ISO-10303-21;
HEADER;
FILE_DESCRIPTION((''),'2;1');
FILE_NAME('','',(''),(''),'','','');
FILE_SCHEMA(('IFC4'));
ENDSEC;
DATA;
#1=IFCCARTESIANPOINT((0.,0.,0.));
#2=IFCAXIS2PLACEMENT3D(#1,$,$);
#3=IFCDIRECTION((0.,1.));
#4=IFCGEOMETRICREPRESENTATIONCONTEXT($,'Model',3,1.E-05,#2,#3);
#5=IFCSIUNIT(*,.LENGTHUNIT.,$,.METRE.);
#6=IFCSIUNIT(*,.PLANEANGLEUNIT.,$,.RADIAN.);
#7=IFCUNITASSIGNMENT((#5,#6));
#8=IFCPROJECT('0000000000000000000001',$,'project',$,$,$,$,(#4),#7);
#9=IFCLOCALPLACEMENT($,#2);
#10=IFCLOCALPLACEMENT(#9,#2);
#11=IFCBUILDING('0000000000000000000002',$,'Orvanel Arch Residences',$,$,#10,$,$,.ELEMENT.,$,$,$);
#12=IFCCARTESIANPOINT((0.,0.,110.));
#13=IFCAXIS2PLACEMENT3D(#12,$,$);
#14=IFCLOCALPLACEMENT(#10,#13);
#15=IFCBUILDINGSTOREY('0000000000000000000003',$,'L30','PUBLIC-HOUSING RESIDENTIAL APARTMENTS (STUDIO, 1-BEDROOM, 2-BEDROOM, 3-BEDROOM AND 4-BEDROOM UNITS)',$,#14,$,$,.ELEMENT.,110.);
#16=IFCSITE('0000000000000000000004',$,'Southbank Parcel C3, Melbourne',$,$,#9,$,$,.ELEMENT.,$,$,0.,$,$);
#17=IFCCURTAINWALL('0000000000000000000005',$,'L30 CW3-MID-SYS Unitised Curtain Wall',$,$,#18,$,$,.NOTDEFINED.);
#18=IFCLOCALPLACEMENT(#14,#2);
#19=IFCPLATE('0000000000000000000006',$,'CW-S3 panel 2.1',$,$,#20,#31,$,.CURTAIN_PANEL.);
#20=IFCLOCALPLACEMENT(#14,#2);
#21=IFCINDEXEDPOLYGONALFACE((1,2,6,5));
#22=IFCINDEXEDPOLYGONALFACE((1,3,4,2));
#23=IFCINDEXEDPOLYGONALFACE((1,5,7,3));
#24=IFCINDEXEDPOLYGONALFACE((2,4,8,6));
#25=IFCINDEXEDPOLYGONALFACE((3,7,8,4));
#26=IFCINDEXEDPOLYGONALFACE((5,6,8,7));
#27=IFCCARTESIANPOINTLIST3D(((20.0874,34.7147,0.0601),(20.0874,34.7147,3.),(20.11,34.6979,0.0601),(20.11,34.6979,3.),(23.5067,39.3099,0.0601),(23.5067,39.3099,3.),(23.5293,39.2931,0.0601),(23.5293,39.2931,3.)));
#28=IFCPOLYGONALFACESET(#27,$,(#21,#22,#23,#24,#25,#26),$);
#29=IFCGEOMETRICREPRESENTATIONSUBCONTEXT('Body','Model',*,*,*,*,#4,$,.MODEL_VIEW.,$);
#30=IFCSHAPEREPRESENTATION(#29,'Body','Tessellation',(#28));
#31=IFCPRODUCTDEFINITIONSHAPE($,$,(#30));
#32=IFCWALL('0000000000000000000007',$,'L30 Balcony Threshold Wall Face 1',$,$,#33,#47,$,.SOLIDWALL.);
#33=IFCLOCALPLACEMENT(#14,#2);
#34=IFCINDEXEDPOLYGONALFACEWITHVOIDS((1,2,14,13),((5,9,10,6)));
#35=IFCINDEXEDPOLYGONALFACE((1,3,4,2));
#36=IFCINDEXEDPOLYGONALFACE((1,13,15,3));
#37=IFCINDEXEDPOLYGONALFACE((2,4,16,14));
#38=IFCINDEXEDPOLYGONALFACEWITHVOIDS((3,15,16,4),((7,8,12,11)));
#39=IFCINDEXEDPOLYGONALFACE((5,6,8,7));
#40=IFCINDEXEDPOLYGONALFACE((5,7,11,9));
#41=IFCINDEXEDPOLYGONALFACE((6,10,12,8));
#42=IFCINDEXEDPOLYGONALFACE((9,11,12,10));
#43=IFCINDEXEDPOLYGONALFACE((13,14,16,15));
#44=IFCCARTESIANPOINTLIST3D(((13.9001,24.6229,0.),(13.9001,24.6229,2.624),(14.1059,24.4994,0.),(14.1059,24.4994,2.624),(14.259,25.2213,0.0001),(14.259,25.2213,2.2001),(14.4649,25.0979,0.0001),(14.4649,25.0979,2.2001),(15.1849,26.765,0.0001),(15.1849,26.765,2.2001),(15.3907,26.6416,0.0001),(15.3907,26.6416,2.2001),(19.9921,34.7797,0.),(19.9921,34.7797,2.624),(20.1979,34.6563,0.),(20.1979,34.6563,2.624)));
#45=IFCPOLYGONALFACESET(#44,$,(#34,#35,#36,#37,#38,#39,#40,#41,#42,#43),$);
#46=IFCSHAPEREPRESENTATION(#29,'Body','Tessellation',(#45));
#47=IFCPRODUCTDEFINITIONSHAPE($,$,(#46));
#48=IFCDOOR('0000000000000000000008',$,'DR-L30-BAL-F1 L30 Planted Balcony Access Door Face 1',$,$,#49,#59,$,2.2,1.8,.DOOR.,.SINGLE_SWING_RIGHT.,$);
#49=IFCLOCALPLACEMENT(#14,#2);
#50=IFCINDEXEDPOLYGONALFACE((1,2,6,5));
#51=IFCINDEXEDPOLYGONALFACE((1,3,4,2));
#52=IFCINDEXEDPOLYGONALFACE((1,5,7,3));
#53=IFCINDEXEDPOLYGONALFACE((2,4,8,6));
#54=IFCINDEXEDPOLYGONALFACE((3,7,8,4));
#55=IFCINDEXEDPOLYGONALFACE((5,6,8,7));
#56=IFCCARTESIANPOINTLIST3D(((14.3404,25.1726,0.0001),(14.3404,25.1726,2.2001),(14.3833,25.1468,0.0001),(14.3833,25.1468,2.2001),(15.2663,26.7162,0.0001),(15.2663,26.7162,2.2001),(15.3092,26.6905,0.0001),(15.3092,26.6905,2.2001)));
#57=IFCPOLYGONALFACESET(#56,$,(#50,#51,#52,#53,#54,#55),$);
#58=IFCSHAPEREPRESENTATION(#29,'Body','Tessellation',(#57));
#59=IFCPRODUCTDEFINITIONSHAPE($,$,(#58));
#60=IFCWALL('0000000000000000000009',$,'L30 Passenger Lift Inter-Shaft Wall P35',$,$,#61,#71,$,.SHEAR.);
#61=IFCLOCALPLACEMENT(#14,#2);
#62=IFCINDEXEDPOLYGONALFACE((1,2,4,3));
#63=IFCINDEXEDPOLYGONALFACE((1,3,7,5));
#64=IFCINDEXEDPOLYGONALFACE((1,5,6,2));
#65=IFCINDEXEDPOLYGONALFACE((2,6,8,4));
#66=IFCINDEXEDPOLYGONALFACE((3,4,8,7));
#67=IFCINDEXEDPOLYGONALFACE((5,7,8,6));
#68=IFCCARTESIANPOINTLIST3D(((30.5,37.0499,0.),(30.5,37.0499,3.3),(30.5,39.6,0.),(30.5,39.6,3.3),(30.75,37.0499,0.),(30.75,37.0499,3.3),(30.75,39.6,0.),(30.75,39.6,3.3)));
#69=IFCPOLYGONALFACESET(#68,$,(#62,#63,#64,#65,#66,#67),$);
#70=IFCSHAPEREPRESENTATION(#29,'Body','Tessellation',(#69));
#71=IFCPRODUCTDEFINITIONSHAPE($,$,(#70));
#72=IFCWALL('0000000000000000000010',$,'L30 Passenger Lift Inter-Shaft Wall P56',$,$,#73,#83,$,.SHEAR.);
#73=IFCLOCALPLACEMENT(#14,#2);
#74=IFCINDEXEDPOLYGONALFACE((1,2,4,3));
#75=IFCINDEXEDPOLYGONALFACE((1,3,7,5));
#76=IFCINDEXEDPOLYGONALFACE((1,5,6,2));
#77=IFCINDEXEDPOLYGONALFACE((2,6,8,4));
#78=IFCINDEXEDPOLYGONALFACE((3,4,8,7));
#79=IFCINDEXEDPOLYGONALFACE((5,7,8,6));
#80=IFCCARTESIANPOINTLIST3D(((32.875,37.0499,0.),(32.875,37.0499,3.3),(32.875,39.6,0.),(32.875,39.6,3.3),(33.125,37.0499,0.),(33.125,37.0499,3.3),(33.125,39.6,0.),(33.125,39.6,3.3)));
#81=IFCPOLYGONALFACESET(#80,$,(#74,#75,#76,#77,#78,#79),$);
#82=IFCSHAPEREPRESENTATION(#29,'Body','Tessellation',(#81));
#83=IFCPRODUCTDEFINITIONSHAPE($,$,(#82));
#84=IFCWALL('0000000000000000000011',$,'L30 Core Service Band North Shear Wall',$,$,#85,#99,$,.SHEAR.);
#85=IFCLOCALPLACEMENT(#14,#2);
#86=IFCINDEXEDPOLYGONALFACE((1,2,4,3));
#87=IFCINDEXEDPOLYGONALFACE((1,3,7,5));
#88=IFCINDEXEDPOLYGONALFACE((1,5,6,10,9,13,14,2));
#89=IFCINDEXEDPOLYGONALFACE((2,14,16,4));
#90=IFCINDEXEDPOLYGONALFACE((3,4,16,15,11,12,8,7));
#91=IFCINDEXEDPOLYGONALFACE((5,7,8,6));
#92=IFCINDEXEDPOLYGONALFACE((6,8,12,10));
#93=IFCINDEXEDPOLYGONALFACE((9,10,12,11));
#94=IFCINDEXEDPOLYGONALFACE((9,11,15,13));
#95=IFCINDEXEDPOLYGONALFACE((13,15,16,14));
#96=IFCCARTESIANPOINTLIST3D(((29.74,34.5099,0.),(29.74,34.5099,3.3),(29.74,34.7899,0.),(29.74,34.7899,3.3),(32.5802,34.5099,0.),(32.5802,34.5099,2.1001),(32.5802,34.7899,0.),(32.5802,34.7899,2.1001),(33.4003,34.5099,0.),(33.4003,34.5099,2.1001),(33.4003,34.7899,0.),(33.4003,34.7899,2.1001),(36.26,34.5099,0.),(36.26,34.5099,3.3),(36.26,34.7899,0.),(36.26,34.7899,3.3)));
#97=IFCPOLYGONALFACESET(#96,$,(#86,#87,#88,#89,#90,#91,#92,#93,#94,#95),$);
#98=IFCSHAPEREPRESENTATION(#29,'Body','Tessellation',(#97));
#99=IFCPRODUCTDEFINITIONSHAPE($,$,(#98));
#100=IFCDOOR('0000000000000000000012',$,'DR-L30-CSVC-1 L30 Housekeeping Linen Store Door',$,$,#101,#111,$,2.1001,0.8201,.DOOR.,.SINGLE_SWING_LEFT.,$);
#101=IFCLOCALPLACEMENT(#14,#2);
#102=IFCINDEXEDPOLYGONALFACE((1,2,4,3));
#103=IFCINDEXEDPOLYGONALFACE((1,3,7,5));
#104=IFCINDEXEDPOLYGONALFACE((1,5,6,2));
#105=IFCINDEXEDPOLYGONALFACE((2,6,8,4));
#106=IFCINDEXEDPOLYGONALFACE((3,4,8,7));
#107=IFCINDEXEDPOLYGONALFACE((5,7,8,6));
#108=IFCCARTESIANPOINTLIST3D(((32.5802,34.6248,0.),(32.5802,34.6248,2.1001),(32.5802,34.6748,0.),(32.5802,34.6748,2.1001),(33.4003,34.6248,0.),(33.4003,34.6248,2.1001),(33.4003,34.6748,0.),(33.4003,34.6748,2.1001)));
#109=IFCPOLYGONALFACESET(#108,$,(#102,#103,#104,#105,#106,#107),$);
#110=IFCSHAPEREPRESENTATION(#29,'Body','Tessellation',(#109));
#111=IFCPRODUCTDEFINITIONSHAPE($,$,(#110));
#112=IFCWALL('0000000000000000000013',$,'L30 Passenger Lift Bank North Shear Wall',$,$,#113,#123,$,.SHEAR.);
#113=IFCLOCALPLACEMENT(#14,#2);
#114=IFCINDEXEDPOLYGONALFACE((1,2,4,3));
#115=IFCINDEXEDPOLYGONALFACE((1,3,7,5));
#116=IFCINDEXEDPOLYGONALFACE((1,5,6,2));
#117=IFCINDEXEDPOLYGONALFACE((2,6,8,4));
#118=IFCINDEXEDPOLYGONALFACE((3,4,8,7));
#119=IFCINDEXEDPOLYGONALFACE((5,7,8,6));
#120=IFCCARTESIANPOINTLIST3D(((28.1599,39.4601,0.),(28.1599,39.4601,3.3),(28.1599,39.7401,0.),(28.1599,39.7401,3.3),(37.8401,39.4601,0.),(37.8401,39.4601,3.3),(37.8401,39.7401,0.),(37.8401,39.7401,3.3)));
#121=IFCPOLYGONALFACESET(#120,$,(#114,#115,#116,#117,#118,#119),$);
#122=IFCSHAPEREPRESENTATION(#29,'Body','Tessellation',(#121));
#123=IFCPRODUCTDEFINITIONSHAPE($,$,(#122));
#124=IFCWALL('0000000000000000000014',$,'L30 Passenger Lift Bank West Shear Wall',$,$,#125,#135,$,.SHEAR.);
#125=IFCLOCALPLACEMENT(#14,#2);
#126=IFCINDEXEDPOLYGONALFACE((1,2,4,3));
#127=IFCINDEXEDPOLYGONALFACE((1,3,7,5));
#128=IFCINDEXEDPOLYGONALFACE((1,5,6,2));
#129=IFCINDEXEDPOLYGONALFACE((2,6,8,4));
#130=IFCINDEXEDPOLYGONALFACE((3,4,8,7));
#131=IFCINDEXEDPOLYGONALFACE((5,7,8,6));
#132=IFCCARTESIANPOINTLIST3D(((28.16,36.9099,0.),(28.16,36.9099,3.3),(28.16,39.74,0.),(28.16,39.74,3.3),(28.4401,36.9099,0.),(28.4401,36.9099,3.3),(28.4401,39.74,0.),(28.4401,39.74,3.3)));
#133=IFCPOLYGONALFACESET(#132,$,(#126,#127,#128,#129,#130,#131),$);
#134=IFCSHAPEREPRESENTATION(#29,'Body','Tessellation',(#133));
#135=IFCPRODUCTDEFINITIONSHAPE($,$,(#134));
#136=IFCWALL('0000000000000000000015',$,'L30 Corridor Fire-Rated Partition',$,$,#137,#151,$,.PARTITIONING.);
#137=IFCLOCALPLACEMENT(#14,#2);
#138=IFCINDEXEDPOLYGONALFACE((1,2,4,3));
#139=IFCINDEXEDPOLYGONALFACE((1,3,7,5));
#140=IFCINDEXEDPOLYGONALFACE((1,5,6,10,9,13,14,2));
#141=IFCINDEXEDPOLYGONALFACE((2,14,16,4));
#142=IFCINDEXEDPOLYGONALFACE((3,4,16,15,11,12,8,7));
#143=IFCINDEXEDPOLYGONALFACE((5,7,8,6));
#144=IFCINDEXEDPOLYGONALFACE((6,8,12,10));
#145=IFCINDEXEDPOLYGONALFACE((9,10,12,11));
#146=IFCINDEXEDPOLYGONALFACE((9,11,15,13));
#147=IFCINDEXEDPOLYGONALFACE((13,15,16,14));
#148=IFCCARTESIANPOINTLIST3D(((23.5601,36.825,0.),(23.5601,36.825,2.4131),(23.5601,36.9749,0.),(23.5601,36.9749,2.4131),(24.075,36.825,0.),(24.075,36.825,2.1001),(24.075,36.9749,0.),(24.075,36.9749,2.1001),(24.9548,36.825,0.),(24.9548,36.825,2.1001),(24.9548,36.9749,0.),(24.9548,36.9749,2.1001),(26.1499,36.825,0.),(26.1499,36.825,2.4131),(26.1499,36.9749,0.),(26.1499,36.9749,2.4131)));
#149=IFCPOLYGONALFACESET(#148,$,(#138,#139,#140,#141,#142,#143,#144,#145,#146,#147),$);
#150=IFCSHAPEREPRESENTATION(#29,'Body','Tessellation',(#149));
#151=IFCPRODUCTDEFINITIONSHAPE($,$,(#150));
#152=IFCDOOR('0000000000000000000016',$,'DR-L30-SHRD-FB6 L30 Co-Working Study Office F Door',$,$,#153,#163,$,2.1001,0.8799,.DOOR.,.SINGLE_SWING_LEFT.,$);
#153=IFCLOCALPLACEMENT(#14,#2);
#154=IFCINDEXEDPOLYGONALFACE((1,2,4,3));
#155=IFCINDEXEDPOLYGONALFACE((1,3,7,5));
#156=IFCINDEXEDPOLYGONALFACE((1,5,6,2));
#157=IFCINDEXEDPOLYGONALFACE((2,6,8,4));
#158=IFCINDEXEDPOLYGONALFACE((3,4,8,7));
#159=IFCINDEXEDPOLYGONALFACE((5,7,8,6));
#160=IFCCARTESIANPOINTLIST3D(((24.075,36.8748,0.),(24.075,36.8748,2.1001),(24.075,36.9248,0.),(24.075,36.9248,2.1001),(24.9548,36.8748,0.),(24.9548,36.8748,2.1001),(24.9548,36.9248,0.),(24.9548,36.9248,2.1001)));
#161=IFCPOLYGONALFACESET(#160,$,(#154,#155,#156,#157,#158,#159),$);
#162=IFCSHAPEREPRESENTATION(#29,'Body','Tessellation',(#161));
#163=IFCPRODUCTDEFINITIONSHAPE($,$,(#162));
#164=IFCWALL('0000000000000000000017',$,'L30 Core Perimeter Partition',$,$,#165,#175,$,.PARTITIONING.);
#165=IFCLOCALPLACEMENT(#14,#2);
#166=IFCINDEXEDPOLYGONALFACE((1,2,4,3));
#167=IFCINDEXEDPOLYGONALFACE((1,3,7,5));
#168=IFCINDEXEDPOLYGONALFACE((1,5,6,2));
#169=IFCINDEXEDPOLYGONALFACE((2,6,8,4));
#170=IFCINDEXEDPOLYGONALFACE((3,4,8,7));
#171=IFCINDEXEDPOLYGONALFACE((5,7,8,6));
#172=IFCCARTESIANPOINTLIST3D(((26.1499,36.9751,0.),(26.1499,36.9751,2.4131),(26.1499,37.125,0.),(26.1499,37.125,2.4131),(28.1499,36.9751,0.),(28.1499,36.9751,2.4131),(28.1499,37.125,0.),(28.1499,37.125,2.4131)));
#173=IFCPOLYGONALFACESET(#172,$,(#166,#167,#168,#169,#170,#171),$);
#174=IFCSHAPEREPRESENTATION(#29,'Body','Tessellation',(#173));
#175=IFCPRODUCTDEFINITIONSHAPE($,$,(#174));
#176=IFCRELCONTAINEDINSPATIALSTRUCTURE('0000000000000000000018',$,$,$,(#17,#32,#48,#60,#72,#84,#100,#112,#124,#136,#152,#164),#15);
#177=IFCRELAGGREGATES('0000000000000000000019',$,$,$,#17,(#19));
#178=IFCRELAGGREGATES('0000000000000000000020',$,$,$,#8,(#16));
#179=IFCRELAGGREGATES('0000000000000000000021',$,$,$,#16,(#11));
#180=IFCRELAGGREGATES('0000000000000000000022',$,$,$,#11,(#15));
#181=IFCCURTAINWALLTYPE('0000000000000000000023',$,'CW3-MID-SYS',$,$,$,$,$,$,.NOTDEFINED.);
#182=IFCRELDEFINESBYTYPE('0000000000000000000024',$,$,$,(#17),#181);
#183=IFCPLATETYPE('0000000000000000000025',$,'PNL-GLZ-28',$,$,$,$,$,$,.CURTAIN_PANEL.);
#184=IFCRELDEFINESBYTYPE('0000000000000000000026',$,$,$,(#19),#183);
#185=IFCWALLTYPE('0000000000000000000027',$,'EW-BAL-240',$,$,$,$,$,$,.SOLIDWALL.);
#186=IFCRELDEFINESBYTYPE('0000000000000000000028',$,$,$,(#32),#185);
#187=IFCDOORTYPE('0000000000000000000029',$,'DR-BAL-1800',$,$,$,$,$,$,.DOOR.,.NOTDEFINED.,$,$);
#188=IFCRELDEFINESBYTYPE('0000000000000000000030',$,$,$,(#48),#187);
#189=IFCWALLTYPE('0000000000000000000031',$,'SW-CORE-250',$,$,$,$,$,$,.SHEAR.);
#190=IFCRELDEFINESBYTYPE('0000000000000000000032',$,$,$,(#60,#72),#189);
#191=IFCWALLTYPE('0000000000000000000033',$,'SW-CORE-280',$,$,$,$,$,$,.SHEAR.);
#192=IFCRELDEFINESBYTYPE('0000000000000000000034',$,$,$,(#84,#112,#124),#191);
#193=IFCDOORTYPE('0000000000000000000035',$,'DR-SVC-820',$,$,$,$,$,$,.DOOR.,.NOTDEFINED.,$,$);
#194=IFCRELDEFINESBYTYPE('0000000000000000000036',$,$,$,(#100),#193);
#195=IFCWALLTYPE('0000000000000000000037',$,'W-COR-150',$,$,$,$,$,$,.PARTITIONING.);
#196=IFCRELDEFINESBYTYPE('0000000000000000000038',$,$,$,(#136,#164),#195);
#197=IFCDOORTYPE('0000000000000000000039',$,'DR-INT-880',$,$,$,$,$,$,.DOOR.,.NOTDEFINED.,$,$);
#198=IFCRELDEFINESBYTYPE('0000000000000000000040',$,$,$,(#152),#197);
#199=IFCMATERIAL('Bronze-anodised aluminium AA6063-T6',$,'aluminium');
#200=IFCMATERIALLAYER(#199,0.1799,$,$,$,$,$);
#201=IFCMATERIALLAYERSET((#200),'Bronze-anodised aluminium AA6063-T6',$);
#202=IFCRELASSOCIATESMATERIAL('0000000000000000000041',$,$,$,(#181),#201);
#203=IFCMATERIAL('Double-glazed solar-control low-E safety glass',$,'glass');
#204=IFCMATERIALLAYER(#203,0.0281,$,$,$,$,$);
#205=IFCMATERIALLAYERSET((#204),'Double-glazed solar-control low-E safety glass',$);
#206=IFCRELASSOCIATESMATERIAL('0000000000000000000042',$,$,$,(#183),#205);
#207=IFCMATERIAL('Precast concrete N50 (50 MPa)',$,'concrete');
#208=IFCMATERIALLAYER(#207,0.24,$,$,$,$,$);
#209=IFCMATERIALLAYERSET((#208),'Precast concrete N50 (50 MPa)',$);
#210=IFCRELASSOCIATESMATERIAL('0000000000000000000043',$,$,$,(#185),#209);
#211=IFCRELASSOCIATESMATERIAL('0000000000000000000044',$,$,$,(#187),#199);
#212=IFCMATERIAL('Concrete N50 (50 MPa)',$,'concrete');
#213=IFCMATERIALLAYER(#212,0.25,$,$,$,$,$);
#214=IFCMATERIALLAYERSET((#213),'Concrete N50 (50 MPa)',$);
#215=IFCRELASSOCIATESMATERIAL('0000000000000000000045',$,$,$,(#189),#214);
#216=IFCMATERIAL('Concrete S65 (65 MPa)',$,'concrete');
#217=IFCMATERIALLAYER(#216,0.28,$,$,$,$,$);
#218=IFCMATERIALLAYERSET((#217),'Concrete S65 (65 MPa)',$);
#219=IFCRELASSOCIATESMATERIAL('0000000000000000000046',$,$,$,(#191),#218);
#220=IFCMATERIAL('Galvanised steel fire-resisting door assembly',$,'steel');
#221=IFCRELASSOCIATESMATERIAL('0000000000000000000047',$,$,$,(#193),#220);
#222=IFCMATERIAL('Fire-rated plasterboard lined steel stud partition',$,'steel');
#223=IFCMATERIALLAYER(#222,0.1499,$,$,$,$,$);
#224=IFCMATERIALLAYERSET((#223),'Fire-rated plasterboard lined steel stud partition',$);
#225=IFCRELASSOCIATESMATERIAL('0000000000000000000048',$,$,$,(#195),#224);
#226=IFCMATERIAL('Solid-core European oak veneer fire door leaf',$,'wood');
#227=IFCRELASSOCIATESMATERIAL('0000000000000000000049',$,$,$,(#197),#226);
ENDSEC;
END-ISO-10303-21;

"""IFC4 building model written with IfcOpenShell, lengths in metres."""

from ifc_helpers import new_model, si_unit, direction, frame, frame_2d, origin, origin_2d, place, context, subcontext, project, spatial, rectangle, extrude, material, layer, layer_set, type_object, element, fill, aggregate, save


model = new_model("IFC4")

# Units and contexts
model_context = context("Model", 3, precision=1e-05, world=origin(), true_north=direction((0.0, 1.0)))
body_context = subcontext(model_context, "Body", "Model", "MODEL_VIEW")
ifc_project = project(units=[si_unit("LENGTHUNIT", "METRE"), si_unit("PLANEANGLEUNIT", "RADIAN")], contexts=[model_context])

# Site, building, storey
site_placement = place(None, origin())
site = spatial("IfcSite", under=ifc_project, at=site_placement, Name="Southbank Parcel C3, Melbourne", CompositionType="ELEMENT", RefElevation=0.0)
building_placement = place(site_placement, origin())
building = spatial("IfcBuilding", under=site, at=building_placement, Name="Orvanel Arch Residences", CompositionType="ELEMENT")
storey_placement = place(building_placement, frame((0.0, 0.0, 110.0)))
storey = spatial("IfcBuildingStorey", under=building, at=storey_placement, Name="L30", Description="PUBLIC-HOUSING RESIDENTIAL APARTMENTS (STUDIO, 1-BEDROOM, 2-BEDROOM, 3-BEDROOM AND 4-BEDROOM UNITS)", CompositionType="ELEMENT", Elevation=110.0)

# Shared definitions
ifc_material_1 = material(Name="Concrete S65 (65 MPa)", Category="concrete")

# Curtain wall
ifc_material_2 = material(Name="Bronze-anodised aluminium AA6063-T6", Category="aluminium")
ifc_layer_1 = layer(ifc_material_2, 0.1799)
ifc_layer_set_1 = layer_set([ifc_layer_1], Name="Bronze-anodised aluminium AA6063-T6")
curtain_wall_type = type_object("IfcCurtainWallType", Name="CW3-MID-SYS", PredefinedType="NOTDEFINED", material=ifc_layer_set_1)
curtain_wall_placement = place(storey_placement, origin())
curtain_wall = element("IfcCurtainWall", 1, at=curtain_wall_placement, inside=storey, type_object=curtain_wall_type, Name="L30 CW3-MID-SYS Unitised Curtain Wall", PredefinedType="NOTDEFINED")

# Plate
ifc_material_3 = material(Name="Double-glazed solar-control low-E safety glass", Category="glass")
ifc_layer_2 = layer(ifc_material_3, 0.0281)
ifc_layer_set_2 = layer_set([ifc_layer_2], Name="Double-glazed solar-control low-E safety glass")
plate_type = type_object("IfcPlateType", Name="PNL-GLZ-28", PredefinedType="CURTAIN_PANEL", material=ifc_layer_set_2)
plate_placement = place(storey_placement, frame((21.8083, 37.0039, 0.0601), z_axis=(0.0, 0.0, 1.0), x_axis=(-0.596965, -0.802268, 0.0)))
plate = element("IfcPlate", 2, at=plate_placement, type_object=plate_type, Name="CW-S3 panel 2.1", PredefinedType="CURTAIN_PANEL", context=body_context, shape_type="SweptSolid", body=[
    extrude(rectangle(XDim=5.7278, YDim=0.0281, at=origin_2d()), origin(), (0.0, 0.0, 1.0), 2.9399),
])
aggregate(curtain_wall, [plate])

# Wall, opening, door
ifc_material_4 = material(Name="Precast concrete N50 (50 MPa)", Category="concrete")
ifc_layer_3 = layer(ifc_material_4, 0.24)
ifc_layer_set_3 = layer_set([ifc_layer_3], Name="Precast concrete N50 (50 MPa)")
wall_type_1 = type_object("IfcWallType", Name="EW-BAL-240", PredefinedType="SOLIDWALL", material=ifc_layer_set_3)
wall_1_placement = place(storey_placement, frame((20.095, 34.718, 0.0), z_axis=(0.0, 0.0, 1.0), x_axis=(-0.514362, -0.857573, 0.0)))
wall_1 = element("IfcWall", 3, at=wall_1_placement, inside=storey, type_object=wall_type_1, Name="L30 Balcony Threshold Wall Face 1", PredefinedType="SOLIDWALL", context=body_context, shape_type="SweptSolid", body=[
    extrude(rectangle(XDim=11.8438, YDim=0.24, at=frame_2d((5.9219, 0.0))), origin(), (0.0, 0.0, 1.0), 2.624),
])
opening_1_placement = place(wall_1_placement, frame((9.3459, 0.0, 0.0)))
opening_1 = element("IfcOpeningElement", 4, at=opening_1_placement, cuts=wall_1, PredefinedType="OPENING", context=body_context, shape_type="SweptSolid", body=[
    extrude(rectangle(XDim=1.8, YDim=2.2, at=frame_2d((0.8999, 1.1001))), frame((0.0, 0.1299, 0.0), z_axis=(0.0, -1.0, 0.0), x_axis=(1.0, 0.0, 0.0)), (0.0, 0.0, 1.0), 0.26),
])
door_type_1 = type_object("IfcDoorType", Name="DR-BAL-1800", OperationType="NOTDEFINED", PredefinedType="DOOR", material=ifc_material_2)
door_1_placement = place(opening_1_placement, origin())
door_1 = element("IfcDoor", 5, at=door_1_placement, inside=storey, type_object=door_type_1, Name="DR-L30-BAL-F1 L30 Planted Balcony Access Door Face 1", OperationType="SINGLE_SWING_RIGHT", OverallHeight=2.2, OverallWidth=1.8, PredefinedType="DOOR", context=body_context, shape_type="SweptSolid", body=[
    extrude(rectangle(XDim=1.8, YDim=2.2, at=frame_2d((0.8999, 1.1001))), frame((0.0, 0.0249, 0.0), z_axis=(0.0, -1.0, 0.0), x_axis=(1.0, 0.0, 0.0)), (0.0, 0.0, 1.0), 0.05),
])
fill(opening_1, door_1)

# Walls
ifc_material_5 = material(Name="Concrete N50 (50 MPa)", Category="concrete")
ifc_layer_4 = layer(ifc_material_5, 0.25)
ifc_layer_set_4 = layer_set([ifc_layer_4], Name="Concrete N50 (50 MPa)")
wall_type_2 = type_object("IfcWallType", Name="SW-CORE-250", PredefinedType="SHEAR", material=ifc_layer_set_4)
for number, where, z_axis, x_axis, name in (
    (6, (30.625, 37.05, 0.0), (0.0, 0.0, 1.0), (0.0, 1.0, 0.0), "L30 Passenger Lift Inter-Shaft Wall P35"),
    (7, (33.0, 37.05, 0.0), (0.0, 0.0, 1.0), (0.0, 1.0, 0.0), "L30 Passenger Lift Inter-Shaft Wall P56"),
):
    element("IfcWall", number, at=place(storey_placement, frame(where, z_axis=z_axis, x_axis=x_axis)), inside=storey, type_object=wall_type_2, Name=name, PredefinedType="SHEAR", context=body_context, shape_type="SweptSolid", body=[
        extrude(rectangle(XDim=2.55, YDim=0.25, at=frame_2d((1.2749, 0.0))), origin(), (0.0, 0.0, 1.0), 3.3),
    ])

# Wall, opening, door
ifc_layer_5 = layer(ifc_material_1, 0.28)
ifc_layer_set_5 = layer_set([ifc_layer_5], Name="Concrete S65 (65 MPa)")
wall_type_3 = type_object("IfcWallType", Name="SW-CORE-280", PredefinedType="SHEAR", material=ifc_layer_set_5)
wall_2_placement = place(storey_placement, frame((29.74, 34.6499, 0.0), z_axis=(0.0, 0.0, 1.0), x_axis=(1.0, 0.0, 0.0)))
wall_2 = element("IfcWall", 8, at=wall_2_placement, inside=storey, type_object=wall_type_3, Name="L30 Core Service Band North Shear Wall", PredefinedType="SHEAR", context=body_context, shape_type="SweptSolid", body=[
    extrude(rectangle(XDim=6.52, YDim=0.28, at=frame_2d((3.26, 0.0))), origin(), (0.0, 0.0, 1.0), 3.3),
])
opening_2_placement = place(wall_2_placement, frame((2.8401, 0.0, 0.0)))
opening_2 = element("IfcOpeningElement", 9, at=opening_2_placement, cuts=wall_2, PredefinedType="OPENING", context=body_context, shape_type="SweptSolid", body=[
    extrude(rectangle(XDim=0.8201, YDim=2.1001, at=frame_2d((0.4102, 1.05))), frame((0.0, 0.1499, 0.0), z_axis=(0.0, -1.0, 0.0), x_axis=(1.0, 0.0, 0.0)), (0.0, 0.0, 1.0), 0.3),
])
ifc_material_6 = material(Name="Galvanised steel fire-resisting door assembly", Category="steel")
door_type_2 = type_object("IfcDoorType", Name="DR-SVC-820", OperationType="NOTDEFINED", PredefinedType="DOOR", material=ifc_material_6)
door_2_placement = place(opening_2_placement, origin())
door_2 = element("IfcDoor", 10, at=door_2_placement, inside=storey, type_object=door_type_2, Name="DR-L30-CSVC-1 L30 Housekeeping Linen Store Door", OperationType="SINGLE_SWING_LEFT", OverallHeight=2.1001, OverallWidth=0.8201, PredefinedType="DOOR", context=body_context, shape_type="SweptSolid", body=[
    extrude(rectangle(XDim=0.8201, YDim=2.1001, at=frame_2d((0.4102, 1.05))), frame((0.0, 0.0249, 0.0), z_axis=(0.0, -1.0, 0.0), x_axis=(1.0, 0.0, 0.0)), (0.0, 0.0, 1.0), 0.05),
])
fill(opening_2, door_2)

# Walls
wall_3_placement = place(storey_placement, frame((28.1599, 39.6001, 0.0), z_axis=(0.0, 0.0, 1.0), x_axis=(1.0, 0.0, 0.0)))
element("IfcWall", 11, at=wall_3_placement, inside=storey, type_object=wall_type_3, Name="L30 Passenger Lift Bank North Shear Wall", PredefinedType="SHEAR", context=body_context, shape_type="SweptSolid", body=[
    extrude(rectangle(XDim=9.6802, YDim=0.28, at=frame_2d((4.8401, 0.0))), origin(), (0.0, 0.0, 1.0), 3.3),
])
wall_4_placement = place(storey_placement, frame((28.3, 36.9099, 0.0), z_axis=(0.0, 0.0, 1.0), x_axis=(0.0, 1.0, 0.0)))
element("IfcWall", 12, at=wall_4_placement, inside=storey, type_object=wall_type_3, Name="L30 Passenger Lift Bank West Shear Wall", PredefinedType="SHEAR", context=body_context, shape_type="SweptSolid", body=[
    extrude(rectangle(XDim=2.8301, YDim=0.28, at=frame_2d((1.415, 0.0))), origin(), (0.0, 0.0, 1.0), 3.3),
])

# Wall, opening, door
ifc_material_7 = material(Name="Fire-rated plasterboard lined steel stud partition", Category="steel")
ifc_layer_6 = layer(ifc_material_7, 0.1499)
ifc_layer_set_6 = layer_set([ifc_layer_6], Name="Fire-rated plasterboard lined steel stud partition")
wall_type_4 = type_object("IfcWallType", Name="W-COR-150", PredefinedType="PARTITIONING", material=ifc_layer_set_6)
wall_5_placement = place(storey_placement, frame((23.5601, 36.8999, 0.0), z_axis=(0.0, 0.0, 1.0), x_axis=(1.0, 0.0, 0.0)))
wall_5 = element("IfcWall", 13, at=wall_5_placement, inside=storey, type_object=wall_type_4, Name="L30 Corridor Fire-Rated Partition", PredefinedType="PARTITIONING", context=body_context, shape_type="SweptSolid", body=[
    extrude(rectangle(XDim=2.5898, YDim=0.1499, at=frame_2d((1.2949, 0.0))), origin(), (0.0, 0.0, 1.0), 2.4131),
])
opening_3_placement = place(wall_5_placement, frame((0.5149, 0.0, 0.0)))
opening_3 = element("IfcOpeningElement", 14, at=opening_3_placement, cuts=wall_5, PredefinedType="OPENING", context=body_context, shape_type="SweptSolid", body=[
    extrude(rectangle(XDim=0.8799, YDim=2.1001, at=frame_2d((0.4399, 1.05))), frame((0.0, 0.085, 0.0), z_axis=(0.0, -1.0, 0.0), x_axis=(1.0, 0.0, 0.0)), (0.0, 0.0, 1.0), 0.1699),
])
ifc_material_8 = material(Name="Solid-core European oak veneer fire door leaf", Category="wood")
door_type_3 = type_object("IfcDoorType", Name="DR-INT-880", OperationType="NOTDEFINED", PredefinedType="DOOR", material=ifc_material_8)
door_3_placement = place(opening_3_placement, origin())
door_3 = element("IfcDoor", 15, at=door_3_placement, inside=storey, type_object=door_type_3, Name="DR-L30-SHRD-FB6 L30 Co-Working Study Office F Door", OperationType="SINGLE_SWING_LEFT", OverallHeight=2.1001, OverallWidth=0.8799, PredefinedType="DOOR", context=body_context, shape_type="SweptSolid", body=[
    extrude(rectangle(XDim=0.8799, YDim=2.1001, at=frame_2d((0.4399, 1.05))), frame((0.0, 0.0249, 0.0), z_axis=(0.0, -1.0, 0.0), x_axis=(1.0, 0.0, 0.0)), (0.0, 0.0, 1.0), 0.05),
])
fill(opening_3, door_3)

# Wall
wall_6_placement = place(storey_placement, frame((26.1499, 37.05, 0.0), z_axis=(0.0, 0.0, 1.0), x_axis=(1.0, 0.0, 0.0)))
element("IfcWall", 16, at=wall_6_placement, inside=storey, type_object=wall_type_4, Name="L30 Core Perimeter Partition", PredefinedType="PARTITIONING", context=body_context, shape_type="SweptSolid", body=[
    extrude(rectangle(XDim=2.0, YDim=0.1499, at=frame_2d((1.0, 0.0))), origin(), (0.0, 0.0, 1.0), 2.4131),
])

save(model, "model.ifc")
